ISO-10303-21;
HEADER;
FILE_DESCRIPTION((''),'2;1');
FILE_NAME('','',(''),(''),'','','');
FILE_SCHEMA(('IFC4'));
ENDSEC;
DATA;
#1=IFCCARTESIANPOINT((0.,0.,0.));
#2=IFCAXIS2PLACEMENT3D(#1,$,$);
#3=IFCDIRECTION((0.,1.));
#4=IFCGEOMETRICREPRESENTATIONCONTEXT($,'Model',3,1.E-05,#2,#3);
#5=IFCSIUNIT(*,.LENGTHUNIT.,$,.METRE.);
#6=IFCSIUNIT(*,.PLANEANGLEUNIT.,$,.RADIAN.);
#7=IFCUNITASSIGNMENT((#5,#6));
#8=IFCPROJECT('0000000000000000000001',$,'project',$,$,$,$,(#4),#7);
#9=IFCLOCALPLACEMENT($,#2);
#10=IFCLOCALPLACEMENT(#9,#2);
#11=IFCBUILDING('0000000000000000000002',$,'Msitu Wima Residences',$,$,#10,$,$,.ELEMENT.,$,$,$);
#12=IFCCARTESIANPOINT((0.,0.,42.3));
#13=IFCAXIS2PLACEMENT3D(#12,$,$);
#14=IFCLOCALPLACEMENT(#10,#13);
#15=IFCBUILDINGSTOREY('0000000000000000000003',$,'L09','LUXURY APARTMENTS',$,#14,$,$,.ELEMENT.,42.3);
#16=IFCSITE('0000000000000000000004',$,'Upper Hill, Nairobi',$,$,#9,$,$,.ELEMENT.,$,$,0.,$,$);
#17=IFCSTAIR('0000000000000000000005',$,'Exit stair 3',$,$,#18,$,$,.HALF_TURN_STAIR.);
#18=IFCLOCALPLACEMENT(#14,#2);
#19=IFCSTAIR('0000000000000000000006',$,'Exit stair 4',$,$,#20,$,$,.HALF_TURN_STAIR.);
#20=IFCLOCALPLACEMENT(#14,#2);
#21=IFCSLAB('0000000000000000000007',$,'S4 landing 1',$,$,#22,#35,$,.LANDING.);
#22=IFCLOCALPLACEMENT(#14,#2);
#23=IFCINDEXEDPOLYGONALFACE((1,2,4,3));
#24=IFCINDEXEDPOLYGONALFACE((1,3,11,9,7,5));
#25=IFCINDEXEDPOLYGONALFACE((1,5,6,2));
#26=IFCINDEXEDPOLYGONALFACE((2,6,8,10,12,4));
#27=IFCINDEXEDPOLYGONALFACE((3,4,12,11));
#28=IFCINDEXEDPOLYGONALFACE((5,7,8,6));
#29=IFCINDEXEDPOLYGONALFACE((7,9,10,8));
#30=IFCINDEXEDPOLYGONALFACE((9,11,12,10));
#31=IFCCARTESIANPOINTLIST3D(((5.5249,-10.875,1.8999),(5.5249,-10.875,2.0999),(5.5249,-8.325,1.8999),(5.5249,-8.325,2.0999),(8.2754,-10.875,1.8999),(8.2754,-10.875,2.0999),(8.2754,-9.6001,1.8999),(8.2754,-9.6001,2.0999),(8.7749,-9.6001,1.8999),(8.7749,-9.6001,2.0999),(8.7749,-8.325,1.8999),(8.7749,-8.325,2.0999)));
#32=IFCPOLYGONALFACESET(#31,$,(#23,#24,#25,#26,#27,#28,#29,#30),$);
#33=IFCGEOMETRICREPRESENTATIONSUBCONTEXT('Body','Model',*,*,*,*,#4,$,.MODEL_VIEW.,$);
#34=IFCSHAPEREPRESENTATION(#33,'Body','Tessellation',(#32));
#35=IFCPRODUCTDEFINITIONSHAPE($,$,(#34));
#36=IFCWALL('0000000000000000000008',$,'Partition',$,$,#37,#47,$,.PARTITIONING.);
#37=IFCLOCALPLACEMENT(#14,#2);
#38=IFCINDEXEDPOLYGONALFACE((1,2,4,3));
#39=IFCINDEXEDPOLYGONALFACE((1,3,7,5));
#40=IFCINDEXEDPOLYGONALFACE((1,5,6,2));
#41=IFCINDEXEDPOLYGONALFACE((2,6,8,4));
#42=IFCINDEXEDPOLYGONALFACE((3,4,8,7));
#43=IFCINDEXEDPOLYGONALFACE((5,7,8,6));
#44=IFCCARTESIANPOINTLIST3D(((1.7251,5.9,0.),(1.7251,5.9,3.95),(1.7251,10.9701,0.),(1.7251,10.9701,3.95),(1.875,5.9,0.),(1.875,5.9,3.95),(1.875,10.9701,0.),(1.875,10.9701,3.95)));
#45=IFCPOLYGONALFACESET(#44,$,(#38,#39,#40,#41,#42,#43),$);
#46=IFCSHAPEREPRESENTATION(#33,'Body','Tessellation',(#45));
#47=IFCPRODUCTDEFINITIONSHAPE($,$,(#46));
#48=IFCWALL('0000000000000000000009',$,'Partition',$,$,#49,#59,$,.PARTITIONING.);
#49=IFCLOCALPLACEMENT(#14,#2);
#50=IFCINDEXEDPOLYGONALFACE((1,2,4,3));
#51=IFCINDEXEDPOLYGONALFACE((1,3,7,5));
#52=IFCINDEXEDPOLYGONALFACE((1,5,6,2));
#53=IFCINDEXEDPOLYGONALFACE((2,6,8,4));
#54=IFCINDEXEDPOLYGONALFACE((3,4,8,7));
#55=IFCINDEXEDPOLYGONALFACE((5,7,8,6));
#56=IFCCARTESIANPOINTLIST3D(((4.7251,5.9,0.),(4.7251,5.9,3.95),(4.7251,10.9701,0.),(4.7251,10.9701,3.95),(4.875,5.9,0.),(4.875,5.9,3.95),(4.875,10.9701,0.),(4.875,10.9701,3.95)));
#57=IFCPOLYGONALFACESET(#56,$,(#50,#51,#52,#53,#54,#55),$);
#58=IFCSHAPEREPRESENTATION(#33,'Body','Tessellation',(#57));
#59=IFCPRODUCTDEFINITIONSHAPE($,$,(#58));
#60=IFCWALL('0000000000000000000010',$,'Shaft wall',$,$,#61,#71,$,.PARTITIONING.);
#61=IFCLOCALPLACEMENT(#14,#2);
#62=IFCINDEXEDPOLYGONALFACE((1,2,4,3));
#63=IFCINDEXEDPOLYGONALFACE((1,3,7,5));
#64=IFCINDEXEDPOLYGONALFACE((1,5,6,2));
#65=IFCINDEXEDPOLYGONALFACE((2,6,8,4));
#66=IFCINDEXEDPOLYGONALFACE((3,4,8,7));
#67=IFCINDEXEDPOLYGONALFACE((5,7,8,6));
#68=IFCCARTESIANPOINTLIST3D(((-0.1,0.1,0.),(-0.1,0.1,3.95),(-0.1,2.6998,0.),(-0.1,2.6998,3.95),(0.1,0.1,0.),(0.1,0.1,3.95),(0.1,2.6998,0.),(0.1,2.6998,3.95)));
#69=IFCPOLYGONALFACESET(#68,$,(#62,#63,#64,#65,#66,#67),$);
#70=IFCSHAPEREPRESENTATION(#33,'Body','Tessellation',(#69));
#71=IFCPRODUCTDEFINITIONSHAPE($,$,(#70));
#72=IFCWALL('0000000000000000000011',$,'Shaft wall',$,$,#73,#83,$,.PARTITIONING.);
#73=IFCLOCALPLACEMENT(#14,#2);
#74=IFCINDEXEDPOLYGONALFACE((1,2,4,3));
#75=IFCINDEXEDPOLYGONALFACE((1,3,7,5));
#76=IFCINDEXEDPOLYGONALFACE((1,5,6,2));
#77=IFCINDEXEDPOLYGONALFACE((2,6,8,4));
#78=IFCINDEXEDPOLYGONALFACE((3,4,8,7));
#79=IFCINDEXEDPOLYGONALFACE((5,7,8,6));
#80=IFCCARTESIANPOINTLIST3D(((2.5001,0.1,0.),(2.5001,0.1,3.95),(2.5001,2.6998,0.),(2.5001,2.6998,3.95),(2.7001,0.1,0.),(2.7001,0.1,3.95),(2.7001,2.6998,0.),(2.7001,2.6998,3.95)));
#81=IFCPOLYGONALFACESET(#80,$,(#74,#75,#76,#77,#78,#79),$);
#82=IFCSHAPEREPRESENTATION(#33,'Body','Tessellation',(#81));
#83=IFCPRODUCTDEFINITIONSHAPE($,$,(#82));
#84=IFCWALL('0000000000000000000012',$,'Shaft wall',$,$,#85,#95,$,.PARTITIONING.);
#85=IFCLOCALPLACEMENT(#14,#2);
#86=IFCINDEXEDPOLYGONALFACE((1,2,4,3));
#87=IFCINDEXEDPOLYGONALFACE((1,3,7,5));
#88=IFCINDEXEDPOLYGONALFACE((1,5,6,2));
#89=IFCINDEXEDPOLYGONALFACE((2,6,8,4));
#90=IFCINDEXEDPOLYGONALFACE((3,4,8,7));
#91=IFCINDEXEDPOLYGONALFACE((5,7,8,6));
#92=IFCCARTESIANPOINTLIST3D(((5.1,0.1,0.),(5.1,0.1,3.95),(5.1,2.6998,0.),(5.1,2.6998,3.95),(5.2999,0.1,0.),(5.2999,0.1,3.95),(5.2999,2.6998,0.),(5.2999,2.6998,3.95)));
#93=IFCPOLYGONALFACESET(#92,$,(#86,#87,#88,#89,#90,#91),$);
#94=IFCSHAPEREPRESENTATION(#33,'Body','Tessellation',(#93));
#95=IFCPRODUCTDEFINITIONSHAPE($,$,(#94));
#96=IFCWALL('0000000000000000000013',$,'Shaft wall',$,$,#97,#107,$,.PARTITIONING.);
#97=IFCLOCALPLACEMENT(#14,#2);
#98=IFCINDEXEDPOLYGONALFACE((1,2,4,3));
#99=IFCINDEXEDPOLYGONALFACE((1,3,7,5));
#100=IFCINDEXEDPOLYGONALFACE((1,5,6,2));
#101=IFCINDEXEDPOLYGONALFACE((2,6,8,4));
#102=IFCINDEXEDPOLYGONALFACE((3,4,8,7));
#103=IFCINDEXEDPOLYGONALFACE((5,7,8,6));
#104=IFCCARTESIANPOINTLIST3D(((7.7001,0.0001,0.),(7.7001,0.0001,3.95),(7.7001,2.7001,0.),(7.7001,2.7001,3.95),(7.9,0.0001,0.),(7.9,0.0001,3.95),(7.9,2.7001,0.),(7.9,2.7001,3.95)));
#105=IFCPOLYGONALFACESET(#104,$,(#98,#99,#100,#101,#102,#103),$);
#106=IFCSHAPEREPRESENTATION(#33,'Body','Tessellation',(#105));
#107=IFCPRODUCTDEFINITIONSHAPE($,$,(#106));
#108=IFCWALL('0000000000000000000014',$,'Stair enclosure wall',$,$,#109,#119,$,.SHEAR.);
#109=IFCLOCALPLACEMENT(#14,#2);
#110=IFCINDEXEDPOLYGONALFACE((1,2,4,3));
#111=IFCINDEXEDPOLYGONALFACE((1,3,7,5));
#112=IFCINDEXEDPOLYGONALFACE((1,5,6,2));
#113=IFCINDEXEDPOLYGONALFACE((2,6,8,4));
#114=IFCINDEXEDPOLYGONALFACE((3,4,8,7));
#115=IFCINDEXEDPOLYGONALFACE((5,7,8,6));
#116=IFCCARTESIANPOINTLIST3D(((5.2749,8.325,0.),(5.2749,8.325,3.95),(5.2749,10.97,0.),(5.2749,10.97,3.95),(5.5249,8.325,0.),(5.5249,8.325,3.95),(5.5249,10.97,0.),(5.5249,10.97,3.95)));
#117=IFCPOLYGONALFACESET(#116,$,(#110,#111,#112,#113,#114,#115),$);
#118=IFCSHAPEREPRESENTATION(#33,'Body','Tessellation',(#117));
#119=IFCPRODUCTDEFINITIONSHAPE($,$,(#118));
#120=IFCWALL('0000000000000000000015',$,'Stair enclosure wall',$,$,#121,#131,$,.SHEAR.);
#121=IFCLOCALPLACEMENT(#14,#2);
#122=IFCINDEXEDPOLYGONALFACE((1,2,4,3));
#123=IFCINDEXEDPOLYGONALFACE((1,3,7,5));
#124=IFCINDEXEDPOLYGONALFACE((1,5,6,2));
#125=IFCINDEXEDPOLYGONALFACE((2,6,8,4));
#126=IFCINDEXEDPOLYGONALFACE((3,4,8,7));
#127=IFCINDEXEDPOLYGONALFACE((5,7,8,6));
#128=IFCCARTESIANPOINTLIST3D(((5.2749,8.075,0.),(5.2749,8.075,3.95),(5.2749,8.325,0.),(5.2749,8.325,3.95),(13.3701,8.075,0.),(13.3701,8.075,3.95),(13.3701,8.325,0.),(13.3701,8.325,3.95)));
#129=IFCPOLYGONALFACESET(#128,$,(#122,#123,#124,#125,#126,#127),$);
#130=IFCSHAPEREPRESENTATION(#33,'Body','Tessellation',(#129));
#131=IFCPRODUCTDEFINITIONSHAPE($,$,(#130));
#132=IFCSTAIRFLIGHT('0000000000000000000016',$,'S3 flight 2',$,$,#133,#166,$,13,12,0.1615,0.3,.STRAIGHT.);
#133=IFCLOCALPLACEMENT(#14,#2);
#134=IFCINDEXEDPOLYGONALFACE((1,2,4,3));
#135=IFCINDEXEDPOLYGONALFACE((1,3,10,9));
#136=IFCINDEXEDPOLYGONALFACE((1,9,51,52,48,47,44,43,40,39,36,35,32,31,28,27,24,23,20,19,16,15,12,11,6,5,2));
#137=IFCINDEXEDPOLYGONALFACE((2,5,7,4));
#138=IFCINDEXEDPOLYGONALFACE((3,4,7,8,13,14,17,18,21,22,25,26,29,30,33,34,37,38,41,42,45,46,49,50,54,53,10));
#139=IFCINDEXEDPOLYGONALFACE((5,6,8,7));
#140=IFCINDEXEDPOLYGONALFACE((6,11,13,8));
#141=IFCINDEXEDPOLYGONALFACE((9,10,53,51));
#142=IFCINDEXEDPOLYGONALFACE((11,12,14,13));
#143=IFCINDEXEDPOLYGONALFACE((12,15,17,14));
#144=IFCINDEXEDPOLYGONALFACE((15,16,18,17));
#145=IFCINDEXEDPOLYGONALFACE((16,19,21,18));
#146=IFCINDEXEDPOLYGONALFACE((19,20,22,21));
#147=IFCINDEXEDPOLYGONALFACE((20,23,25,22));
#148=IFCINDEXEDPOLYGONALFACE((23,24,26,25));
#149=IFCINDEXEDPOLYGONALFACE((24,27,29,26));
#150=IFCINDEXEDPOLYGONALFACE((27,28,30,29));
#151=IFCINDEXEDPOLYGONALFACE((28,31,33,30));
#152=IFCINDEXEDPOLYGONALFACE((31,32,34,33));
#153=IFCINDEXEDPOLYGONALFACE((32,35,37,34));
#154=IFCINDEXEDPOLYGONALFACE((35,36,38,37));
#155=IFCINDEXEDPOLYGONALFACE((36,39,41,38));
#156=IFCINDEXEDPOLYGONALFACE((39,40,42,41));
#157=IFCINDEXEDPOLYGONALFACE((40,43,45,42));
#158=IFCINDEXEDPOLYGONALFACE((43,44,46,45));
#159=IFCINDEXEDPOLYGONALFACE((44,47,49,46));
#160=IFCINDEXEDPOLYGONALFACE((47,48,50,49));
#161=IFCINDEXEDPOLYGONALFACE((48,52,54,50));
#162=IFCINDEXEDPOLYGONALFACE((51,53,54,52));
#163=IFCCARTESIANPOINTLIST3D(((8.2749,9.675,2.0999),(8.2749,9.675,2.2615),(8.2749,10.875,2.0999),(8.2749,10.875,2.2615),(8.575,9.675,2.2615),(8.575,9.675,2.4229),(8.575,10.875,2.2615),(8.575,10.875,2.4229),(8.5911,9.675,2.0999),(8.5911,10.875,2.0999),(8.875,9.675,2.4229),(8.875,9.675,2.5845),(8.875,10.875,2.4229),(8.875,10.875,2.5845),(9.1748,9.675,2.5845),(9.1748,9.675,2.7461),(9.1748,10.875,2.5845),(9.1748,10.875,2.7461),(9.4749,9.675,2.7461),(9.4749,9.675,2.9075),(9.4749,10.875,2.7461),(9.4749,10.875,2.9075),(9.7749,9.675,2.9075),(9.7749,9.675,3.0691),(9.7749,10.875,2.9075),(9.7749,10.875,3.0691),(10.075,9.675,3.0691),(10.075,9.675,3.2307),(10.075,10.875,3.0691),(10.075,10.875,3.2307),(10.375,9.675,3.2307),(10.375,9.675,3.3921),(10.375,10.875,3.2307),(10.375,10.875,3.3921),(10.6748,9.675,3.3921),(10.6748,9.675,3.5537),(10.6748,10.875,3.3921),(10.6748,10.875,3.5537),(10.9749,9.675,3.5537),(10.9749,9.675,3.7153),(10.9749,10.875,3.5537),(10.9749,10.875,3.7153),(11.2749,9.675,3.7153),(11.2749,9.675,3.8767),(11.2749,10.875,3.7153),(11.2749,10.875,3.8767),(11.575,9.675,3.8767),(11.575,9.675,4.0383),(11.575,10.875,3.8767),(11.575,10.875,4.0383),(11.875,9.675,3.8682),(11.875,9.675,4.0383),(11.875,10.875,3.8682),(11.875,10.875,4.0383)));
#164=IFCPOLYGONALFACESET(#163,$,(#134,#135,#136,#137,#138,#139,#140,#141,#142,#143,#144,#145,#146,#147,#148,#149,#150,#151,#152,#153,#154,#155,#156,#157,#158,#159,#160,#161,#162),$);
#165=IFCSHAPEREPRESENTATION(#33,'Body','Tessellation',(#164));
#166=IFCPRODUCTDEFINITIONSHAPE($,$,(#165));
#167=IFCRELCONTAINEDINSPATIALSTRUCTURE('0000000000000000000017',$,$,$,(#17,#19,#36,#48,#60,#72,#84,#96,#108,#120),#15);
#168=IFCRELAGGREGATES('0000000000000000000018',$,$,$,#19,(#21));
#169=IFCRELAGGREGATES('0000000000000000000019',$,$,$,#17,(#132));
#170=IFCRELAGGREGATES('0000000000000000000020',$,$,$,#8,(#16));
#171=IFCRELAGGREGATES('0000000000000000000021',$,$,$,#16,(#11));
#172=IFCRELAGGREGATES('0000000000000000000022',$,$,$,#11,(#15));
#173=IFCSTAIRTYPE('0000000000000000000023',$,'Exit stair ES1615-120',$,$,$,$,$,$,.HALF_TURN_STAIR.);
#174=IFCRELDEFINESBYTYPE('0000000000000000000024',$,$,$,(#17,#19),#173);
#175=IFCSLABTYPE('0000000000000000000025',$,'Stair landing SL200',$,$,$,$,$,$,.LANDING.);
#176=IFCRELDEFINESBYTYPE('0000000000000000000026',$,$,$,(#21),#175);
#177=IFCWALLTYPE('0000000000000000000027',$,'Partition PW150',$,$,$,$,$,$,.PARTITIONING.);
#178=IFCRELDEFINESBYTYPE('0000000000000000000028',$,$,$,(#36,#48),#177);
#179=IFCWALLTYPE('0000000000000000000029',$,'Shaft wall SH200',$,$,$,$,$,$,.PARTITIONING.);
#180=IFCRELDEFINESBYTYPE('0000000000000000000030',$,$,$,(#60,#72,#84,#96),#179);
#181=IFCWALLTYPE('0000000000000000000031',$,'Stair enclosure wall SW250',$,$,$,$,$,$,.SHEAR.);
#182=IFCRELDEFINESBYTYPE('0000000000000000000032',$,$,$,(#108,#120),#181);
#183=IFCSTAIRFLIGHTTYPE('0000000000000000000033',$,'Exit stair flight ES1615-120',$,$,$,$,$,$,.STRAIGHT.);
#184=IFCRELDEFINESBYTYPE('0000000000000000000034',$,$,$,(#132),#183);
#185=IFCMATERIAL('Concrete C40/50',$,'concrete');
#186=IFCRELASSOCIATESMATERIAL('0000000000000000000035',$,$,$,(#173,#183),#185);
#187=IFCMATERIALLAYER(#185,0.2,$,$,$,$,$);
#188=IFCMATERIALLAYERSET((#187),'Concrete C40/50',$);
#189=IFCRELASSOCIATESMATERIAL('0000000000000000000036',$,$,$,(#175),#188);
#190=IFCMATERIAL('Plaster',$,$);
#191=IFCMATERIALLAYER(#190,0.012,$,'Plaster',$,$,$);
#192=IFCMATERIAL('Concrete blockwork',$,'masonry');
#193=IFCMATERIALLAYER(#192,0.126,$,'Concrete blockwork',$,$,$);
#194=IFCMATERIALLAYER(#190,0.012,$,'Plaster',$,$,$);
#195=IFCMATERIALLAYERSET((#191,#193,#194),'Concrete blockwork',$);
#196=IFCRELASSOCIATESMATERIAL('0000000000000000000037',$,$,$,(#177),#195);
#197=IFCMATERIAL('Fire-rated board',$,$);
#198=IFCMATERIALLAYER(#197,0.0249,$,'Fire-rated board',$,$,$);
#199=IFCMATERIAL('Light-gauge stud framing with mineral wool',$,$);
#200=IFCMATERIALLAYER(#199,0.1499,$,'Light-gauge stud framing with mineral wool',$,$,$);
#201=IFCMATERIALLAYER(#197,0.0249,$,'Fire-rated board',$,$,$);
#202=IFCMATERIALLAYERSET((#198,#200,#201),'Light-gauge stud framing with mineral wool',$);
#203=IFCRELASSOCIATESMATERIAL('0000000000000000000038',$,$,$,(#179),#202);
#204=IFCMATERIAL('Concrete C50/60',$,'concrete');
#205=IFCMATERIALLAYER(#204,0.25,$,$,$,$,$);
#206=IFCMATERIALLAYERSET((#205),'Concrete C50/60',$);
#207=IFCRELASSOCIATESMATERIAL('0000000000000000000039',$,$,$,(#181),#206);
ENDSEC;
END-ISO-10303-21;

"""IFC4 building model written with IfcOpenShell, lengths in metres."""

from ifc_helpers import new_model, si_unit, direction, frame, frame_2d, origin, place, context, subcontext, project, spatial, polyline, rectangle, outline, extrude, material, layer, layer_set, type_object, element, aggregate, save


model = new_model("IFC4")

# Units and contexts
model_context = context("Model", 3, precision=1e-05, world=origin(), true_north=direction((0.0, 1.0)))
body_context = subcontext(model_context, "Body", "Model", "MODEL_VIEW")
ifc_project = project(units=[si_unit("LENGTHUNIT", "METRE"), si_unit("PLANEANGLEUNIT", "RADIAN")], contexts=[model_context])

# Site, building, storey
site_placement = place(None, origin())
site = spatial("IfcSite", under=ifc_project, at=site_placement, Name="Upper Hill, Nairobi", CompositionType="ELEMENT", RefElevation=0.0)
building_placement = place(site_placement, origin())
building = spatial("IfcBuilding", under=site, at=building_placement, Name="Msitu Wima Residences", CompositionType="ELEMENT")
storey_placement = place(building_placement, frame((0.0, 0.0, 42.3)))
storey = spatial("IfcBuildingStorey", under=building, at=storey_placement, Name="L09", Description="LUXURY APARTMENTS", CompositionType="ELEMENT", Elevation=42.3)

# Shared definitions
ifc_material_1 = material(Name="Concrete C40/50", Category="concrete")

# Stairs, slab
stair_type = type_object("IfcStairType", Name="Exit stair ES1615-120", PredefinedType="HALF_TURN_STAIR", material=ifc_material_1)
ifc_layer_1 = layer(ifc_material_1, 0.2)
ifc_layer_set_1 = layer_set([ifc_layer_1], Name="Concrete C40/50")
slab_type_1 = type_object("IfcSlabType", Name="Stair landing SL200", PredefinedType="LANDING", material=ifc_layer_set_1)
stair_1_placement = place(storey_placement, origin())
stair_1 = element("IfcStair", 1, at=stair_1_placement, inside=storey, type_object=stair_type, Name="Exit stair 3", PredefinedType="HALF_TURN_STAIR")
stair_2_placement = place(storey_placement, origin())
stair_2 = element("IfcStair", 2, at=stair_2_placement, inside=storey, type_object=stair_type, Name="Exit stair 4", PredefinedType="HALF_TURN_STAIR")
slab_1_placement = place(storey_placement, frame((0.0, 0.0, 1.8999)))
slab_1 = element("IfcSlab", 3, at=slab_1_placement, type_object=slab_type_1, Name="S4 landing 1", PredefinedType="LANDING", context=body_context, shape_type="SweptSolid", body=[
    extrude(outline(polyline([(5.5249, -10.875), (8.2754, -10.875), (8.2754, -9.6001), (8.7749, -9.6001), (8.7749, -8.325), (5.5249, -8.325), (5.5249, -10.875)])), origin(), (0.0, 0.0, 1.0), 0.2),
])
aggregate(stair_2, [slab_1])

# Walls
ifc_material_2 = material(Name="Plaster")
ifc_layer_2 = layer(ifc_material_2, 0.012, Name="Plaster")
ifc_material_3 = material(Name="Concrete blockwork", Category="masonry")
ifc_layer_3 = layer(ifc_material_3, 0.126, Name="Concrete blockwork")
ifc_layer_4 = layer(ifc_material_2, 0.012, Name="Plaster")
ifc_layer_set_2 = layer_set([ifc_layer_2, ifc_layer_3, ifc_layer_4], Name="Concrete blockwork")
wall_type_1 = type_object("IfcWallType", Name="Partition PW150", PredefinedType="PARTITIONING", material=ifc_layer_set_2)
for number, where, z_axis, x_axis, name in (
    (4, (1.8, 5.8999, 0.0), (0.0, 0.0, 1.0), (0.0, 1.0, 0.0), "Partition"),
    (5, (4.8, 5.8999, 0.0), (0.0, 0.0, 1.0), (0.0, 1.0, 0.0), "Partition"),
):
    element("IfcWall", number, at=place(storey_placement, frame(where, z_axis=z_axis, x_axis=x_axis)), inside=storey, type_object=wall_type_1, Name=name, PredefinedType="PARTITIONING", context=body_context, shape_type="SweptSolid", body=[
        extrude(rectangle(XDim=5.0701, YDim=0.1499, at=frame_2d((2.5352, 0.0))), origin(), (0.0, 0.0, 1.0), 3.95),
    ])
ifc_material_4 = material(Name="Fire-rated board")
ifc_layer_5 = layer(ifc_material_4, 0.0249, Name="Fire-rated board")
ifc_material_5 = material(Name="Light-gauge stud framing with mineral wool")
ifc_layer_6 = layer(ifc_material_5, 0.1499, Name="Light-gauge stud framing with mineral wool")
ifc_layer_7 = layer(ifc_material_4, 0.0249, Name="Fire-rated board")
ifc_layer_set_3 = layer_set([ifc_layer_5, ifc_layer_6, ifc_layer_7], Name="Light-gauge stud framing with mineral wool")
wall_type_2 = type_object("IfcWallType", Name="Shaft wall SH200", PredefinedType="PARTITIONING", material=ifc_layer_set_3)
for number, where, z_axis, x_axis, name in (
    (6, (0.0, 0.1001, 0.0), (0.0, 0.0, 1.0), (0.0, 1.0, 0.0), "Shaft wall"),
    (7, (2.6001, 0.1001, 0.0), (0.0, 0.0, 1.0), (0.0, 1.0, 0.0), "Shaft wall"),
    (8, (5.2, 0.1001, 0.0), (0.0, 0.0, 1.0), (0.0, 1.0, 0.0), "Shaft wall"),
):
    element("IfcWall", number, at=place(storey_placement, frame(where, z_axis=z_axis, x_axis=x_axis)), inside=storey, type_object=wall_type_2, Name=name, PredefinedType="PARTITIONING", context=body_context, shape_type="SweptSolid", body=[
        extrude(rectangle(XDim=2.5999, YDim=0.2, at=frame_2d((1.2998, 0.0))), origin(), (0.0, 0.0, 1.0), 3.95),
    ])
wall_1_placement = place(storey_placement, frame((7.8, 0.0, 0.0), z_axis=(0.0, 0.0, 1.0), x_axis=(0.0, 1.0, 0.0)))
element("IfcWall", 9, at=wall_1_placement, inside=storey, type_object=wall_type_2, Name="Shaft wall", PredefinedType="PARTITIONING", context=body_context, shape_type="SweptSolid", body=[
    extrude(rectangle(XDim=2.7, YDim=0.2, at=frame_2d((1.3501, 0.0))), origin(), (0.0, 0.0, 1.0), 3.95),
])
ifc_material_6 = material(Name="Concrete C50/60", Category="concrete")
ifc_layer_8 = layer(ifc_material_6, 0.25)
ifc_layer_set_4 = layer_set([ifc_layer_8], Name="Concrete C50/60")
wall_type_3 = type_object("IfcWallType", Name="Stair enclosure wall SW250", PredefinedType="SHEAR", material=ifc_layer_set_4)
wall_2_placement = place(storey_placement, frame((5.3999, 8.325, 0.0), z_axis=(0.0, 0.0, 1.0), x_axis=(0.0, 1.0, 0.0)))
element("IfcWall", 10, at=wall_2_placement, inside=storey, type_object=wall_type_3, Name="Stair enclosure wall", PredefinedType="SHEAR", context=body_context, shape_type="SweptSolid", body=[
    extrude(rectangle(XDim=2.645, YDim=0.25, at=frame_2d((1.3225, 0.0))), origin(), (0.0, 0.0, 1.0), 3.95),
])
wall_3_placement = place(storey_placement, frame((5.2749, 8.2, 0.0), z_axis=(0.0, 0.0, 1.0), x_axis=(1.0, 0.0, 0.0)))
element("IfcWall", 11, at=wall_3_placement, inside=storey, type_object=wall_type_3, Name="Stair enclosure wall", PredefinedType="SHEAR", context=body_context, shape_type="SweptSolid", body=[
    extrude(rectangle(XDim=8.0952, YDim=0.25, at=frame_2d((4.0476, 0.0))), origin(), (0.0, 0.0, 1.0), 3.95),
])

# Stair flight
stair_flight_type = type_object("IfcStairFlightType", Name="Exit stair flight ES1615-120", PredefinedType="STRAIGHT", material=ifc_material_1)
stair_flight_placement = place(storey_placement, frame((8.2749, 10.2749, 2.0999), z_axis=(0.0, 0.0, 1.0), x_axis=(1.0, 0.0, 0.0)))
stair_flight = element("IfcStairFlight", 12, at=stair_flight_placement, type_object=stair_flight_type, Name="S3 flight 2", NumberOfRisers=13, NumberOfTreads=12, PredefinedType="STRAIGHT", RiserHeight=0.1615, TreadLength=0.3, context=body_context, shape_type="SweptSolid", body=[
    extrude(outline(polyline([(0.0, 0.0), (0.0, 0.1616), (0.3, 0.1616), (0.3, 0.323), (0.6001, 0.323), (0.6001, 0.4846), (0.8999, 0.4846), (0.8999, 0.6462), (1.2, 0.6462), (1.2, 0.8076), (1.5, 0.8076), (1.5, 0.9692), (1.8, 0.9692), (1.8, 1.1309), (2.1001, 1.1309), (2.1001, 1.2922), (2.3999, 1.2922), (2.3999, 1.4539), (2.7, 1.4539), (2.7, 1.6155), (3.0, 1.6155), (3.0, 1.7769), (3.3, 1.7769), (3.3, 1.9385), (3.6001, 1.9385), (3.6001, 2.1001), (3.6001, 1.7683), (0.3162, 0.0), (0.0, 0.0)])), frame((0.0, 0.6001, 0.0), z_axis=(0.0, -1.0, 0.0), x_axis=(1.0, 0.0, 0.0)), (0.0, 0.0, 1.0), 1.2),
])
aggregate(stair_1, [stair_flight])

save(model, "model.ifc")
